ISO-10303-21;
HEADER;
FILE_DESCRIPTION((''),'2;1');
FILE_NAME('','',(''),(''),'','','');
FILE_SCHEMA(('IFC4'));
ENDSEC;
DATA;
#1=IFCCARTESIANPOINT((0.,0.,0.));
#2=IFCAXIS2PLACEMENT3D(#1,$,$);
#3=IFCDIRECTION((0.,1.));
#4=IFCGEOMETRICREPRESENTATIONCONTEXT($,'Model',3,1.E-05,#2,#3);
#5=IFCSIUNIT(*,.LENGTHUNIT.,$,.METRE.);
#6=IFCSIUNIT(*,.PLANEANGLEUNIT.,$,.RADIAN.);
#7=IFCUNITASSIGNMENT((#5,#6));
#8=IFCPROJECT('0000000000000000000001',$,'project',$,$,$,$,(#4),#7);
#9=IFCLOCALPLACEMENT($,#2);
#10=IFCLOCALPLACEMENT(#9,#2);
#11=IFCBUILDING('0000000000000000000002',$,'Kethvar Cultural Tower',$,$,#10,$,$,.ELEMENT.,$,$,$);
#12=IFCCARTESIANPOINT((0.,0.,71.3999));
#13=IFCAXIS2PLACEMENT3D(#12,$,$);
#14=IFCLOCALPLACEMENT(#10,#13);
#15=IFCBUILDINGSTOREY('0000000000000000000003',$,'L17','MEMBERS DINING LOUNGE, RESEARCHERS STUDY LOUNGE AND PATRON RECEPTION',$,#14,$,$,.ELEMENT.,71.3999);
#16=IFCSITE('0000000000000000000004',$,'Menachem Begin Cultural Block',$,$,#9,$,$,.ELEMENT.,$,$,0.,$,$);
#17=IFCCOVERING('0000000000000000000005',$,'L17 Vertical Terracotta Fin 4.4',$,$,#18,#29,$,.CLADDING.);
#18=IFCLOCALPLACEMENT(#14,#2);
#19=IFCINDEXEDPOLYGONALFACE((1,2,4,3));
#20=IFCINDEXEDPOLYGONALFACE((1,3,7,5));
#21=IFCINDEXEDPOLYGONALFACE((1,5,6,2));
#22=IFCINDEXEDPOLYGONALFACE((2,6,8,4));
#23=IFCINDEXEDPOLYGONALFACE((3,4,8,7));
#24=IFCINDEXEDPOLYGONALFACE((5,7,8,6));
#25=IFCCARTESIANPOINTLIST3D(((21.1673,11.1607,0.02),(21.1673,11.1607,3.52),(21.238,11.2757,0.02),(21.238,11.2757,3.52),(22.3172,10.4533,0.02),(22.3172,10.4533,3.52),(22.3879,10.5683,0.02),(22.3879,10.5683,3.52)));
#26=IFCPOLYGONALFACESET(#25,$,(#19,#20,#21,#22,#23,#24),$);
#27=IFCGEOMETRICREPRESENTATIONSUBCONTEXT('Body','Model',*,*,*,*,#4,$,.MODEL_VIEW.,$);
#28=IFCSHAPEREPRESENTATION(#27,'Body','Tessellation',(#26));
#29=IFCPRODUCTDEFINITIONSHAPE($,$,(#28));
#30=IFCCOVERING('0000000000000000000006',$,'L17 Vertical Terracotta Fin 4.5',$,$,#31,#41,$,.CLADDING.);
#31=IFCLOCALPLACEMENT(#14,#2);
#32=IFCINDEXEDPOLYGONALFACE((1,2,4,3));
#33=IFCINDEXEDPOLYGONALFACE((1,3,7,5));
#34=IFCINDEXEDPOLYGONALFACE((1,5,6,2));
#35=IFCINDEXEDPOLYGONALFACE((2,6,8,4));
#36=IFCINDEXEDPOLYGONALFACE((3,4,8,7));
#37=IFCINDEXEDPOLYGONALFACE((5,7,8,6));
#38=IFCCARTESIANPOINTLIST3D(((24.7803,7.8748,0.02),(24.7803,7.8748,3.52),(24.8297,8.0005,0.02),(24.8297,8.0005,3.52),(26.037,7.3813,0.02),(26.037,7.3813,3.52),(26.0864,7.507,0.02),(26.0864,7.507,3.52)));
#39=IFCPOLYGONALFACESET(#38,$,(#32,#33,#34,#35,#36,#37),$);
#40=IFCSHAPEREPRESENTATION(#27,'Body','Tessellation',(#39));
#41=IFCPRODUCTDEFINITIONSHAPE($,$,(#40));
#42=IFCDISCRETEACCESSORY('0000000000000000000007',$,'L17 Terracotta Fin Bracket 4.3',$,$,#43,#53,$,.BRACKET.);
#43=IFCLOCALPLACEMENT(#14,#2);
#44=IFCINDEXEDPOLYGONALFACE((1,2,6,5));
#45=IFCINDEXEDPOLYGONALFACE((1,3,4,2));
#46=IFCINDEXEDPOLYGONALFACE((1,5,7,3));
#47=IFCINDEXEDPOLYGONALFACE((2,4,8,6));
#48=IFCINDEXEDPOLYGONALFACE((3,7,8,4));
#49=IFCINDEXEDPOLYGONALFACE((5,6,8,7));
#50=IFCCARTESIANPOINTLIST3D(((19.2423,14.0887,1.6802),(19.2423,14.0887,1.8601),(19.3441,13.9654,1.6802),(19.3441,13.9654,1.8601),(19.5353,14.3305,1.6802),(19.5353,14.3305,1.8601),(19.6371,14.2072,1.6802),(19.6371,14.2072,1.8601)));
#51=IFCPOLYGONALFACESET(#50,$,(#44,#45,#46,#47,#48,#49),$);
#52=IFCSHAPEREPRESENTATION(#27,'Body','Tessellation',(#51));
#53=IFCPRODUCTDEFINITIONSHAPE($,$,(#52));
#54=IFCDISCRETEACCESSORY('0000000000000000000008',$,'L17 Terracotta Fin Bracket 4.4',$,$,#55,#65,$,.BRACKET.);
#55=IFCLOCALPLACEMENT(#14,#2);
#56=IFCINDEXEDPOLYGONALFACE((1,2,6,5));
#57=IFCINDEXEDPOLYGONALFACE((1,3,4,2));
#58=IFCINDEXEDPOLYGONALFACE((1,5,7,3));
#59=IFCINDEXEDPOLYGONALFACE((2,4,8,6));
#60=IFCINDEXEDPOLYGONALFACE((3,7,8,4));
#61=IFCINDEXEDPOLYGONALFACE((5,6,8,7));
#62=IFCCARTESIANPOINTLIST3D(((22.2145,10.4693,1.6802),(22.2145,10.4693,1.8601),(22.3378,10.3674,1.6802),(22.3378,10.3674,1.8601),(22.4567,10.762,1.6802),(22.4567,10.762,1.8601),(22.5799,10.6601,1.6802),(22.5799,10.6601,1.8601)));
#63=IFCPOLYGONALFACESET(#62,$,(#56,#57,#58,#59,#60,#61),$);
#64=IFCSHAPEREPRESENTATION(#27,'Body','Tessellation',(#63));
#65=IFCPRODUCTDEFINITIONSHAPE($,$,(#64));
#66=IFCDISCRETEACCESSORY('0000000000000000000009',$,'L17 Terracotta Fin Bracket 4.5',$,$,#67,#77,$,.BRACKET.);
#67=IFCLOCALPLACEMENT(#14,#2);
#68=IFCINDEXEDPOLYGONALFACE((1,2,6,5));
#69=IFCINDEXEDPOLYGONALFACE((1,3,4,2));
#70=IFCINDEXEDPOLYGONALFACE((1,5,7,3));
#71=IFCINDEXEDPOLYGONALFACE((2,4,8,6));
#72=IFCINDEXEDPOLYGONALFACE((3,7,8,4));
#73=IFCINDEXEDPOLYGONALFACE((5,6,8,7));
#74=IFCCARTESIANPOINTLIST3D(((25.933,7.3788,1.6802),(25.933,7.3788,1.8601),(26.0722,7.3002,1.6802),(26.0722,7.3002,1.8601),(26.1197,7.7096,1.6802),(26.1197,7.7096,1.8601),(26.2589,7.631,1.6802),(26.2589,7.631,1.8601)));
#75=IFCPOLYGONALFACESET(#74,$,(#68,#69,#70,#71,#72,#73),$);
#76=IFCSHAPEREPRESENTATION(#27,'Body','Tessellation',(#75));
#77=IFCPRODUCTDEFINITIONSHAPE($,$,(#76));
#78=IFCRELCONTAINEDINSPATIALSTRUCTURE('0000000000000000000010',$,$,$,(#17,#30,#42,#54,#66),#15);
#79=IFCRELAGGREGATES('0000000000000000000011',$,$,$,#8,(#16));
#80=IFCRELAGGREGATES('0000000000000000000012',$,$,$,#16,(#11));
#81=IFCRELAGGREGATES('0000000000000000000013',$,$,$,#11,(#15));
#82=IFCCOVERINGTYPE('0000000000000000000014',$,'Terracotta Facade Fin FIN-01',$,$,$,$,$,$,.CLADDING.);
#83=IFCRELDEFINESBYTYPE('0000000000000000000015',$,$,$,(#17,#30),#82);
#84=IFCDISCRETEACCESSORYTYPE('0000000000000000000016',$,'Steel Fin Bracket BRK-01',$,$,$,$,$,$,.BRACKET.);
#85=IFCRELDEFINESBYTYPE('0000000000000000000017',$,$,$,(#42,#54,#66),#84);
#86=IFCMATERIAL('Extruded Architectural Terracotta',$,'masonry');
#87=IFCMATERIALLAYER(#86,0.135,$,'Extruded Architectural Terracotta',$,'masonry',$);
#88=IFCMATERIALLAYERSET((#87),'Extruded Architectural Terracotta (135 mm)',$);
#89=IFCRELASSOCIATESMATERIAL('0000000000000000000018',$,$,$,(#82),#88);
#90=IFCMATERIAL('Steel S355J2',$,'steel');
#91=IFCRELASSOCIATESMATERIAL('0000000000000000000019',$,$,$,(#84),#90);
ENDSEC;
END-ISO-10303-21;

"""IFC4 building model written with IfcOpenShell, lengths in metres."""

from ifc_helpers import new_model, si_unit, direction, frame, origin, origin_2d, place, context, subcontext, project, spatial, rectangle, extrude, source, transform, mapped, material, layer, layer_set, type_object, element, save


model = new_model("IFC4")

# Units and contexts
model_context = context("Model", 3, precision=1e-05, world=origin(), true_north=direction((0.0, 1.0)))
body_context = subcontext(model_context, "Body", "Model", "MODEL_VIEW")
ifc_project = project(units=[si_unit("LENGTHUNIT", "METRE"), si_unit("PLANEANGLEUNIT", "RADIAN")], contexts=[model_context])

# Site, building, storey
site_placement = place(None, origin())
site = spatial("IfcSite", under=ifc_project, at=site_placement, Name="Menachem Begin Cultural Block", CompositionType="ELEMENT", RefElevation=0.0)
building_placement = place(site_placement, origin())
building = spatial("IfcBuilding", under=site, at=building_placement, Name="Kethvar Cultural Tower", CompositionType="ELEMENT")
storey_placement = place(building_placement, frame((0.0, 0.0, 71.3999)))
storey = spatial("IfcBuildingStorey", under=building, at=storey_placement, Name="L17", Description="MEMBERS DINING LOUNGE, RESEARCHERS STUDY LOUNGE AND PATRON RECEPTION", CompositionType="ELEMENT", Elevation=71.3999)

# Shared definitions
ifc_material_1 = material(Name="Steel S355J2", Category="steel")

# Coverings
ifc_material_2 = material(Name="Extruded Architectural Terracotta", Category="masonry")
ifc_layer_1 = layer(ifc_material_2, 0.135, Name="Extruded Architectural Terracotta", Category="masonry")
ifc_layer_set_1 = layer_set([ifc_layer_1], Name="Extruded Architectural Terracotta (135 mm)")
covering_type = type_object("IfcCoveringType", Name="Terracotta Facade Fin FIN-01", PredefinedType="CLADDING", material=ifc_layer_set_1)
shared_shape_1 = source(origin(), body_context, "Body", "SweptSolid", [
    extrude(rectangle(XDim=1.3501, YDim=0.135, at=origin_2d()), origin(), (0.0, 0.0, 1.0), 3.5),
])
for number, where, z_axis, x_axis, name in (
    (1, (21.7776, 10.8645, 0.02), (0.0, 0.0, 1.0), (-0.851727, 0.523986, 0.0), "L17 Vertical Terracotta Fin 4.4"),
    (2, (25.4333, 7.6909, 0.02), (0.0, 0.0, 1.0), (-0.930801, 0.365527, 0.0), "L17 Vertical Terracotta Fin 4.5"),
):
    element("IfcCovering", number, at=place(storey_placement, frame(where, z_axis=z_axis, x_axis=x_axis)), inside=storey, type_object=covering_type, Name=name, PredefinedType="CLADDING", context=body_context, shape_type="MappedRepresentation", body=[
        mapped(shared_shape_1, transform((0.0, 0.0, 0.0), scale=1.0)),
    ])

# Discrete accessories
discrete_accessory_type = type_object("IfcDiscreteAccessoryType", Name="Steel Fin Bracket BRK-01", PredefinedType="BRACKET", material=ifc_material_1)
shared_shape_2 = source(origin(), body_context, "Body", "SweptSolid", [
    extrude(rectangle(XDim=0.3799, YDim=0.1599, at=origin_2d()), origin(), (0.0, 0.0, 1.0), 0.1799),
])
for number, where, z_axis, x_axis, name in (
    (3, (19.4397, 14.1479, 1.6802), (0.0, 0.0, 1.0), (-0.771291, -0.636482, 0.0), "L17 Terracotta Fin Bracket 4.3"),
    (4, (22.3972, 10.5647, 1.6802), (0.0, 0.0, 1.0), (-0.637424, -0.770513, 0.0), "L17 Terracotta Fin Bracket 4.4"),
    (5, (26.0959, 7.5049, 1.6802), (0.0, 0.0, 1.0), (-0.491512, -0.870871, 0.0), "L17 Terracotta Fin Bracket 4.5"),
):
    element("IfcDiscreteAccessory", number, at=place(storey_placement, frame(where, z_axis=z_axis, x_axis=x_axis)), inside=storey, type_object=discrete_accessory_type, Name=name, PredefinedType="BRACKET", context=body_context, shape_type="MappedRepresentation", body=[
        mapped(shared_shape_2, transform((0.0, 0.0, 0.0), scale=1.0)),
    ])

save(model, "model.ifc")
